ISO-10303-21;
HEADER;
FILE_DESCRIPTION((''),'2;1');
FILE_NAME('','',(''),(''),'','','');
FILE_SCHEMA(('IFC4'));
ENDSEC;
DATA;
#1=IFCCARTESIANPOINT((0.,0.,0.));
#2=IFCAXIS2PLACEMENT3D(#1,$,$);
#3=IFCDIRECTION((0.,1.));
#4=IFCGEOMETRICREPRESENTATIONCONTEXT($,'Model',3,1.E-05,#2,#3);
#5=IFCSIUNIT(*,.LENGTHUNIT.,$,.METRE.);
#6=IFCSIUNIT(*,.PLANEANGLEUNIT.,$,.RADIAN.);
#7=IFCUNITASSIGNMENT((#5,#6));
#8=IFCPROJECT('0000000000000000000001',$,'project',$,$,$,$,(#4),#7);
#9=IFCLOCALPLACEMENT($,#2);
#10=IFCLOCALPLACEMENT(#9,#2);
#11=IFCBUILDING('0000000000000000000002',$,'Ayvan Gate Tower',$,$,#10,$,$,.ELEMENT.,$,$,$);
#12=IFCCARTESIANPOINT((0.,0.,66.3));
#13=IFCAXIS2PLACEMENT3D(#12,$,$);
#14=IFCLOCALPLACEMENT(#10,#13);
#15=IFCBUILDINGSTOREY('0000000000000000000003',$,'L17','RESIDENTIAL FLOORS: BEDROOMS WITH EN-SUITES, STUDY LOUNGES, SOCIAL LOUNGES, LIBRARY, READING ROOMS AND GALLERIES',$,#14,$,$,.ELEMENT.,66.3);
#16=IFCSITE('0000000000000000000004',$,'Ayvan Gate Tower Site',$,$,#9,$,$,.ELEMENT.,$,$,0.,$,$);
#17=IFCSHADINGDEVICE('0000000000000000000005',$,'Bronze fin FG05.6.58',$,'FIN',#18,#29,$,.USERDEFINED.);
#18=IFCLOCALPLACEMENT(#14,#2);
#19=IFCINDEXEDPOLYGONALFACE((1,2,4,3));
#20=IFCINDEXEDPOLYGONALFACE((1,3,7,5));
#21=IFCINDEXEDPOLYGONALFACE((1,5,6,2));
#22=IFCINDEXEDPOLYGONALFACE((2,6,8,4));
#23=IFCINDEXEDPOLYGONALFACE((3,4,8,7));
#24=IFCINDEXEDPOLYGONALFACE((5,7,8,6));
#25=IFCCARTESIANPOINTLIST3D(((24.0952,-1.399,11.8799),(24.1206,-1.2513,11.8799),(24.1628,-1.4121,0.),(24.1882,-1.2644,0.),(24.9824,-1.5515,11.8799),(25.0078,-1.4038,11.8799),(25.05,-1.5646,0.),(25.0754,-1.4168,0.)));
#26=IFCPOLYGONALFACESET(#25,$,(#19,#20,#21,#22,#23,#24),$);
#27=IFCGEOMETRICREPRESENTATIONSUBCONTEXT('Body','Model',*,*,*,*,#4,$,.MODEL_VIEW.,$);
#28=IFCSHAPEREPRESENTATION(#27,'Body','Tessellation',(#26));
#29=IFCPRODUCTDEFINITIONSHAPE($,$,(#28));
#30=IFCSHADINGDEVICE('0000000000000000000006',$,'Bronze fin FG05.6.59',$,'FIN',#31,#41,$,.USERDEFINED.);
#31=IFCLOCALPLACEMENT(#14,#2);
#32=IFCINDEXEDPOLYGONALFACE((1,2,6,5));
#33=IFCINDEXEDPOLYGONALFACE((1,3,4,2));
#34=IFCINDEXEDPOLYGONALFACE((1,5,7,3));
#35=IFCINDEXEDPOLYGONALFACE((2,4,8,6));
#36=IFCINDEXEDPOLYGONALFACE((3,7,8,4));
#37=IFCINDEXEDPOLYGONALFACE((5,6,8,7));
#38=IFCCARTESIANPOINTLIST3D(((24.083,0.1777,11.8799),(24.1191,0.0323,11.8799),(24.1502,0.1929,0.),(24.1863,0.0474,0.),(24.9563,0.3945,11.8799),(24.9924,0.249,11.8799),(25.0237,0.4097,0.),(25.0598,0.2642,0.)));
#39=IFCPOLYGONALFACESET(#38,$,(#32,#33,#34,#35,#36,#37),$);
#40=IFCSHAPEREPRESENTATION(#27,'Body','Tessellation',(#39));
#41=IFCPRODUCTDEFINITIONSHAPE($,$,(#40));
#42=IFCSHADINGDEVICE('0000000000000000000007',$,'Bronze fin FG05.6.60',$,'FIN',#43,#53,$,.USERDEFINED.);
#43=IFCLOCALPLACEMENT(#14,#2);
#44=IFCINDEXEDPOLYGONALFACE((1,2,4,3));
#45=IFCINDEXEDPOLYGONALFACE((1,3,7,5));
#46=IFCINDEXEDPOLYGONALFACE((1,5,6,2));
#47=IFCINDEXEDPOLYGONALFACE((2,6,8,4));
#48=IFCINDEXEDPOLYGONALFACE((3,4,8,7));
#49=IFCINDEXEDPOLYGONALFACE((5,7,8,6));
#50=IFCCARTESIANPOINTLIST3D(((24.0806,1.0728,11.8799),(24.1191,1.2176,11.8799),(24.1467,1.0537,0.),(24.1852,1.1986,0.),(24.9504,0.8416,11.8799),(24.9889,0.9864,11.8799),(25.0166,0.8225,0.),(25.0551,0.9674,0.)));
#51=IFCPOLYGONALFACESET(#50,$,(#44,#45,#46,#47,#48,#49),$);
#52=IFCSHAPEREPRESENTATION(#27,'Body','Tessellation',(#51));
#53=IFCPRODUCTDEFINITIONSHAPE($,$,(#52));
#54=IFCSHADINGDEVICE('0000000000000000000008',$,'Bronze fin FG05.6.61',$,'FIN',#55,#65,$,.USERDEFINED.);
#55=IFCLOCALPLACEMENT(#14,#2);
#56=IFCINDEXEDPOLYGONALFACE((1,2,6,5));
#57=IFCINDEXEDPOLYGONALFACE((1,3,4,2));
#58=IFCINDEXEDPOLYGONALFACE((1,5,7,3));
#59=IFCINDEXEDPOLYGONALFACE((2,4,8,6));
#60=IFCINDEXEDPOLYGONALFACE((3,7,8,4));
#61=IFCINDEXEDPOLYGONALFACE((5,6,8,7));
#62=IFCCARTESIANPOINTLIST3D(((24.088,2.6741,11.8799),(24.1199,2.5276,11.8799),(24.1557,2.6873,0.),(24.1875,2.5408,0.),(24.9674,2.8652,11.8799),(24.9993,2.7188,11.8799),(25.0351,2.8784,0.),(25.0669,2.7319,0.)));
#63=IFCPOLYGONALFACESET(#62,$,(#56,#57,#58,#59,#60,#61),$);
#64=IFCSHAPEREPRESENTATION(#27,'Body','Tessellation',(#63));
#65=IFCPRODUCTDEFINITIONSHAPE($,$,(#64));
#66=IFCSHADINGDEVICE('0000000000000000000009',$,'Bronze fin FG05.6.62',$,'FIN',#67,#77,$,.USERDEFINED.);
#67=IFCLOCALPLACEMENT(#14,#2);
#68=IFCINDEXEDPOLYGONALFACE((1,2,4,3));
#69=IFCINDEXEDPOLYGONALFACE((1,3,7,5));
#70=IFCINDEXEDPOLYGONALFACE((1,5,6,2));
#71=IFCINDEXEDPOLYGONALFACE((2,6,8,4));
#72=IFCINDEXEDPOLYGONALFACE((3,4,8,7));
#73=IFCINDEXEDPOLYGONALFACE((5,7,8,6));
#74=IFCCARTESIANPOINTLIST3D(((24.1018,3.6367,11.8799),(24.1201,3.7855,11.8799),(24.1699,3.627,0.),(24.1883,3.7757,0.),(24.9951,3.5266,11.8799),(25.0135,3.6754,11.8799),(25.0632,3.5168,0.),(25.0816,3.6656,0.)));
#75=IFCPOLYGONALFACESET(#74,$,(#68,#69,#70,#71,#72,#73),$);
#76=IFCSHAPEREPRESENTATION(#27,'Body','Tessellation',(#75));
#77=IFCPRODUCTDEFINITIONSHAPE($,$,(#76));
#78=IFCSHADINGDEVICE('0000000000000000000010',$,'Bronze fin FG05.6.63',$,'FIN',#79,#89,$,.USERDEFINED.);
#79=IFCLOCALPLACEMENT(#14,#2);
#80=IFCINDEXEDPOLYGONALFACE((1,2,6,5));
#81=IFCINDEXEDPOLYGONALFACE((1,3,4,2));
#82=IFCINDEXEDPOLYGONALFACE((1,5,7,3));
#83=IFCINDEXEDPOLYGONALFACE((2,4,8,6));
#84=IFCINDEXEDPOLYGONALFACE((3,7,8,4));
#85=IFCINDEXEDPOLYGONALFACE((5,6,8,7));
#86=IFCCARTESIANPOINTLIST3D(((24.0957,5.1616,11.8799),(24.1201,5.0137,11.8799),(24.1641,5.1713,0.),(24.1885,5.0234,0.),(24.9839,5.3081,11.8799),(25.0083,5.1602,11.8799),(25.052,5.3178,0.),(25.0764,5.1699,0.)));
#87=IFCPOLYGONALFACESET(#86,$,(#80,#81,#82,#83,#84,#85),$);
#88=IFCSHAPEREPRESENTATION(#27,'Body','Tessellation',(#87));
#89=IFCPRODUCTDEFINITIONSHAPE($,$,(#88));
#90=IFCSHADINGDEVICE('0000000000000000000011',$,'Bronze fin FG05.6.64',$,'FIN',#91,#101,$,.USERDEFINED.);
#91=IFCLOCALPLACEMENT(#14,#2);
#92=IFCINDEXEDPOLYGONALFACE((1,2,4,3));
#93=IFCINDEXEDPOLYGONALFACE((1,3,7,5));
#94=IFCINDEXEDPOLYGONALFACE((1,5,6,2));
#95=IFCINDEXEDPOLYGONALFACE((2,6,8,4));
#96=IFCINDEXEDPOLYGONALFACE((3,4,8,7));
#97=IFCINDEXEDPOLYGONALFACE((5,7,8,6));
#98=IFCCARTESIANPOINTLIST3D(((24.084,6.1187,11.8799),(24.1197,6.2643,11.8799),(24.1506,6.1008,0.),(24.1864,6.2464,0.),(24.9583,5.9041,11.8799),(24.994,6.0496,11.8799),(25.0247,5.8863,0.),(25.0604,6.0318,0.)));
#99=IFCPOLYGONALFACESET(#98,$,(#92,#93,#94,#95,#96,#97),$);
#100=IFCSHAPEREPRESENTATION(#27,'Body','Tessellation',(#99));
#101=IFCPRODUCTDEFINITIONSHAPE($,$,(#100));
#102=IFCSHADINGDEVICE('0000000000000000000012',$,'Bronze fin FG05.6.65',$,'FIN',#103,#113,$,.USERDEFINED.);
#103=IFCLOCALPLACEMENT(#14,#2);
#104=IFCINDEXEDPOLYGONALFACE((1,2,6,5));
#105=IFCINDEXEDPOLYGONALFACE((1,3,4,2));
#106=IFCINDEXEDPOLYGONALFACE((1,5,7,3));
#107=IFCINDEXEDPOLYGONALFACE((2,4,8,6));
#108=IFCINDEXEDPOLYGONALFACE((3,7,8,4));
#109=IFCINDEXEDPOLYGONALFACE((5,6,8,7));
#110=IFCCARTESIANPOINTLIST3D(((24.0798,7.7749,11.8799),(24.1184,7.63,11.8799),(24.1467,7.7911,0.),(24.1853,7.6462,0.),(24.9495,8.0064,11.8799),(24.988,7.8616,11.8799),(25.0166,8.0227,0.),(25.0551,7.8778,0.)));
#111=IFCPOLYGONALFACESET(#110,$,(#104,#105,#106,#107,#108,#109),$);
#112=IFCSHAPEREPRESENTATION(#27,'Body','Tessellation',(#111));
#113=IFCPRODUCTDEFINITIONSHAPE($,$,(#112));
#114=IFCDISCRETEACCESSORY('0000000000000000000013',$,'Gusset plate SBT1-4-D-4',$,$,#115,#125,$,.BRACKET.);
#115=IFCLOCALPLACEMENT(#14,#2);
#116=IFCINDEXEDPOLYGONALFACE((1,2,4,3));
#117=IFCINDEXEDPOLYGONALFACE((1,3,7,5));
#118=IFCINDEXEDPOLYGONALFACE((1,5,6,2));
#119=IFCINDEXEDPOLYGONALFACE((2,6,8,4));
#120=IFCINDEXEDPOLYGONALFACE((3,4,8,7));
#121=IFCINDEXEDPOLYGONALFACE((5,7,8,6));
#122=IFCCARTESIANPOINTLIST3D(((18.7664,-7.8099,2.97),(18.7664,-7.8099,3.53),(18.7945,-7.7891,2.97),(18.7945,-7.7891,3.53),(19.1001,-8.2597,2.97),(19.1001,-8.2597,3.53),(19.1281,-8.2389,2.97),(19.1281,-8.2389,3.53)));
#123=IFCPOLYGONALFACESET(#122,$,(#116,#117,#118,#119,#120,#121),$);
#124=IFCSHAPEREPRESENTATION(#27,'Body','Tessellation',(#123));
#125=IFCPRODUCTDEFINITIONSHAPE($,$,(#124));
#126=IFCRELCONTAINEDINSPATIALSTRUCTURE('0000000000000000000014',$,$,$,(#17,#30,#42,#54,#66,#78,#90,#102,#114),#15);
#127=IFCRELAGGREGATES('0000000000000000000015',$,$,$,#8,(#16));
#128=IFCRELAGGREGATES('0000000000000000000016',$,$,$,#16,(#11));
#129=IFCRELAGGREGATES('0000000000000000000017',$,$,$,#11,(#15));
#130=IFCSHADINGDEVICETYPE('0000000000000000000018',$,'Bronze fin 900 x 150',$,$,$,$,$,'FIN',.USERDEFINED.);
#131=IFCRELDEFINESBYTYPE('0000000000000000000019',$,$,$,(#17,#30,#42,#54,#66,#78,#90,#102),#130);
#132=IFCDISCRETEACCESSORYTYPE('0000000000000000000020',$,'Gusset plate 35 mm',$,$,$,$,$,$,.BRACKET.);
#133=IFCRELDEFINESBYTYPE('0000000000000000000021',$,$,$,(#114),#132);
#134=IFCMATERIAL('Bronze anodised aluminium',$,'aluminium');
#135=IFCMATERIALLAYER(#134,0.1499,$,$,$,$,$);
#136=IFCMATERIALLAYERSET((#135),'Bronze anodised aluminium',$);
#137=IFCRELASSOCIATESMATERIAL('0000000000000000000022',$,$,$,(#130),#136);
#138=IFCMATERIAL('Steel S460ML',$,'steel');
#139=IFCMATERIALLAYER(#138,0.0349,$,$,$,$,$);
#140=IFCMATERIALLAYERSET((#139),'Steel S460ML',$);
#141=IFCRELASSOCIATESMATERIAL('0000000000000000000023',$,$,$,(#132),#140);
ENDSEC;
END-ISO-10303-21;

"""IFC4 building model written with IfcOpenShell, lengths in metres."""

from ifc_helpers import new_model, si_unit, direction, frame, origin, origin_2d, place, context, subcontext, project, spatial, polyline, rectangle, outline, extrude, material, layer, layer_set, type_object, element, save


model = new_model("IFC4")

# Units and contexts
model_context = context("Model", 3, precision=1e-05, world=origin(), true_north=direction((0.0, 1.0)))
body_context = subcontext(model_context, "Body", "Model", "MODEL_VIEW")
ifc_project = project(units=[si_unit("LENGTHUNIT", "METRE"), si_unit("PLANEANGLEUNIT", "RADIAN")], contexts=[model_context])

# Site, building, storey
site_placement = place(None, origin())
site = spatial("IfcSite", under=ifc_project, at=site_placement, Name="Ayvan Gate Tower Site", CompositionType="ELEMENT", RefElevation=0.0)
building_placement = place(site_placement, origin())
building = spatial("IfcBuilding", under=site, at=building_placement, Name="Ayvan Gate Tower", CompositionType="ELEMENT")
storey_placement = place(building_placement, frame((0.0, 0.0, 66.3)))
storey = spatial("IfcBuildingStorey", under=building, at=storey_placement, Name="L17", Description="RESIDENTIAL FLOORS: BEDROOMS WITH EN-SUITES, STUDY LOUNGES, SOCIAL LOUNGES, LIBRARY, READING ROOMS AND GALLERIES", CompositionType="ELEMENT", Elevation=66.3)

# Shared definitions
ifc_material_1 = material(Name="Bronze anodised aluminium", Category="aluminium")

# Shading devices
ifc_layer_1 = layer(ifc_material_1, 0.1499)
ifc_layer_set_1 = layer_set([ifc_layer_1], Name="Bronze anodised aluminium")
shading_device_type = type_object("IfcShadingDeviceType", Name="Bronze fin 900 x 150", ElementType="FIN", PredefinedType="USERDEFINED", material=ifc_layer_set_1)
shading_device_1_placement = place(storey_placement, frame((24.1628, -1.4121, 0.0), z_axis=(-0.169367, -0.985553, 0.000119), x_axis=(0.985553, -0.169367, 0.0)))
element("IfcShadingDevice", 1, at=shading_device_1_placement, inside=storey, type_object=shading_device_type, Name="Bronze fin FG05.6.58", ObjectType="FIN", PredefinedType="USERDEFINED", context=body_context, shape_type="SweptSolid", body=[
    extrude(outline(polyline([(0.0, 0.0), (0.9002, 0.0), (0.8314, 11.8799), (-0.0689, 11.8799), (0.0, 0.0)])), origin(), (0.0, 0.0, -1.0), 0.1499),
])
shading_device_2_placement = place(storey_placement, frame((24.1863, 0.0474, 0.0), z_axis=(0.240908, -0.970548, 0.000127), x_axis=(0.970548, 0.240908, 0.0)))
element("IfcShadingDevice", 2, at=shading_device_2_placement, inside=storey, type_object=shading_device_type, Name="Bronze fin FG05.6.59", ObjectType="FIN", PredefinedType="USERDEFINED", context=body_context, shape_type="SweptSolid", body=[
    extrude(outline(polyline([(0.0, 0.0), (0.9, 0.0), (0.831, 11.8799), (-0.0688, 11.8799), (0.0, 0.0)])), origin(), (0.0, 0.0, -1.0), 0.1499),
])
shading_device_3_placement = place(storey_placement, frame((24.1467, 1.0537, 0.0), z_axis=(-0.256869, -0.966446, 0.000119), x_axis=(0.966446, -0.256869, 0.0)))
element("IfcShadingDevice", 3, at=shading_device_3_placement, inside=storey, type_object=shading_device_type, Name="Bronze fin FG05.6.60", ObjectType="FIN", PredefinedType="USERDEFINED", context=body_context, shape_type="SweptSolid", body=[
    extrude(outline(polyline([(0.0, 0.0), (0.9001, 0.0), (0.8312, 11.8799), (-0.0688, 11.8799), (0.0, 0.0)])), origin(), (0.0, 0.0, -1.0), 0.1499),
])
shading_device_4_placement = place(storey_placement, frame((24.1875, 2.5408, 0.0), z_axis=(0.212418, -0.977179, 0.000125), x_axis=(0.977179, 0.212418, 0.0)))
element("IfcShadingDevice", 4, at=shading_device_4_placement, inside=storey, type_object=shading_device_type, Name="Bronze fin FG05.6.61", ObjectType="FIN", PredefinedType="USERDEFINED", context=body_context, shape_type="SweptSolid", body=[
    extrude(outline(polyline([(0.0, 0.0), (0.8999, 0.0), (0.831, 11.8799), (-0.0689, 11.8799), (0.0, 0.0)])), origin(), (0.0, 0.0, -1.0), 0.1499),
])
shading_device_5_placement = place(storey_placement, frame((24.1699, 3.627, 0.0), z_axis=(-0.122332, -0.992489, 0.000114), x_axis=(0.992489, -0.122332, 0.0)))
element("IfcShadingDevice", 5, at=shading_device_5_placement, inside=storey, type_object=shading_device_type, Name="Bronze fin FG05.6.62", ObjectType="FIN", PredefinedType="USERDEFINED", context=body_context, shape_type="SweptSolid", body=[
    extrude(outline(polyline([(0.0, 0.0), (0.9001, 0.0), (0.8313, 11.8799), (-0.0688, 11.8799), (0.0, 0.0)])), origin(), (0.0, 0.0, -1.0), 0.1499),
])
shading_device_6_placement = place(storey_placement, frame((24.1885, 5.0234, 0.0), z_axis=(0.162749, -0.986667, 0.000124), x_axis=(0.986667, 0.162749, 0.0)))
element("IfcShadingDevice", 6, at=shading_device_6_placement, inside=storey, type_object=shading_device_type, Name="Bronze fin FG05.6.63", ObjectType="FIN", PredefinedType="USERDEFINED", context=body_context, shape_type="SweptSolid", body=[
    extrude(outline(polyline([(0.0, 0.0), (0.8999, 0.0), (0.8311, 11.8799), (-0.069, 11.8799), (0.0, 0.0)])), origin(), (0.0, 0.0, -1.0), 0.1499),
])
shading_device_7_placement = place(storey_placement, frame((24.1506, 6.1008, 0.0), z_axis=(-0.238417, -0.971163, 0.000122), x_axis=(0.971163, -0.238417, 0.0)))
element("IfcShadingDevice", 7, at=shading_device_7_placement, inside=storey, type_object=shading_device_type, Name="Bronze fin FG05.6.64", ObjectType="FIN", PredefinedType="USERDEFINED", context=body_context, shape_type="SweptSolid", body=[
    extrude(outline(polyline([(0.0, 0.0), (0.9, 0.0), (0.8312, 11.8799), (-0.069, 11.8799), (0.0, 0.0)])), origin(), (0.0, 0.0, -1.0), 0.1499),
])
shading_device_8_placement = place(storey_placement, frame((24.1853, 7.6462, 0.0), z_axis=(0.257283, -0.966336, 0.000131), x_axis=(0.966336, 0.257283, 0.0)))
element("IfcShadingDevice", 8, at=shading_device_8_placement, inside=storey, type_object=shading_device_type, Name="Bronze fin FG05.6.65", ObjectType="FIN", PredefinedType="USERDEFINED", context=body_context, shape_type="SweptSolid", body=[
    extrude(outline(polyline([(0.0, 0.0), (0.9001, 0.0), (0.8311, 11.8799), (-0.0689, 11.8799), (0.0, 0.0)])), origin(), (0.0, 0.0, -1.0), 0.1499),
])

# Discrete accessory
ifc_material_2 = material(Name="Steel S460ML", Category="steel")
ifc_layer_2 = layer(ifc_material_2, 0.0349)
ifc_layer_set_2 = layer_set([ifc_layer_2], Name="Steel S460ML")
discrete_accessory_type = type_object("IfcDiscreteAccessoryType", Name="Gusset plate 35 mm", PredefinedType="BRACKET", material=ifc_layer_set_2)
discrete_accessory_placement = place(storey_placement, frame((18.9473, -8.0244, 2.97), z_axis=(0.0, 0.0, 1.0), x_axis=(-0.595718, 0.803194, 0.0)))
element("IfcDiscreteAccessory", 9, at=discrete_accessory_placement, inside=storey, type_object=discrete_accessory_type, Name="Gusset plate SBT1-4-D-4", PredefinedType="BRACKET", context=body_context, shape_type="SweptSolid", body=[
    extrude(rectangle(XDim=0.5601, YDim=0.0349, at=origin_2d()), origin(), (0.0, 0.0, 1.0), 0.5601),
])

save(model, "model.ifc")
